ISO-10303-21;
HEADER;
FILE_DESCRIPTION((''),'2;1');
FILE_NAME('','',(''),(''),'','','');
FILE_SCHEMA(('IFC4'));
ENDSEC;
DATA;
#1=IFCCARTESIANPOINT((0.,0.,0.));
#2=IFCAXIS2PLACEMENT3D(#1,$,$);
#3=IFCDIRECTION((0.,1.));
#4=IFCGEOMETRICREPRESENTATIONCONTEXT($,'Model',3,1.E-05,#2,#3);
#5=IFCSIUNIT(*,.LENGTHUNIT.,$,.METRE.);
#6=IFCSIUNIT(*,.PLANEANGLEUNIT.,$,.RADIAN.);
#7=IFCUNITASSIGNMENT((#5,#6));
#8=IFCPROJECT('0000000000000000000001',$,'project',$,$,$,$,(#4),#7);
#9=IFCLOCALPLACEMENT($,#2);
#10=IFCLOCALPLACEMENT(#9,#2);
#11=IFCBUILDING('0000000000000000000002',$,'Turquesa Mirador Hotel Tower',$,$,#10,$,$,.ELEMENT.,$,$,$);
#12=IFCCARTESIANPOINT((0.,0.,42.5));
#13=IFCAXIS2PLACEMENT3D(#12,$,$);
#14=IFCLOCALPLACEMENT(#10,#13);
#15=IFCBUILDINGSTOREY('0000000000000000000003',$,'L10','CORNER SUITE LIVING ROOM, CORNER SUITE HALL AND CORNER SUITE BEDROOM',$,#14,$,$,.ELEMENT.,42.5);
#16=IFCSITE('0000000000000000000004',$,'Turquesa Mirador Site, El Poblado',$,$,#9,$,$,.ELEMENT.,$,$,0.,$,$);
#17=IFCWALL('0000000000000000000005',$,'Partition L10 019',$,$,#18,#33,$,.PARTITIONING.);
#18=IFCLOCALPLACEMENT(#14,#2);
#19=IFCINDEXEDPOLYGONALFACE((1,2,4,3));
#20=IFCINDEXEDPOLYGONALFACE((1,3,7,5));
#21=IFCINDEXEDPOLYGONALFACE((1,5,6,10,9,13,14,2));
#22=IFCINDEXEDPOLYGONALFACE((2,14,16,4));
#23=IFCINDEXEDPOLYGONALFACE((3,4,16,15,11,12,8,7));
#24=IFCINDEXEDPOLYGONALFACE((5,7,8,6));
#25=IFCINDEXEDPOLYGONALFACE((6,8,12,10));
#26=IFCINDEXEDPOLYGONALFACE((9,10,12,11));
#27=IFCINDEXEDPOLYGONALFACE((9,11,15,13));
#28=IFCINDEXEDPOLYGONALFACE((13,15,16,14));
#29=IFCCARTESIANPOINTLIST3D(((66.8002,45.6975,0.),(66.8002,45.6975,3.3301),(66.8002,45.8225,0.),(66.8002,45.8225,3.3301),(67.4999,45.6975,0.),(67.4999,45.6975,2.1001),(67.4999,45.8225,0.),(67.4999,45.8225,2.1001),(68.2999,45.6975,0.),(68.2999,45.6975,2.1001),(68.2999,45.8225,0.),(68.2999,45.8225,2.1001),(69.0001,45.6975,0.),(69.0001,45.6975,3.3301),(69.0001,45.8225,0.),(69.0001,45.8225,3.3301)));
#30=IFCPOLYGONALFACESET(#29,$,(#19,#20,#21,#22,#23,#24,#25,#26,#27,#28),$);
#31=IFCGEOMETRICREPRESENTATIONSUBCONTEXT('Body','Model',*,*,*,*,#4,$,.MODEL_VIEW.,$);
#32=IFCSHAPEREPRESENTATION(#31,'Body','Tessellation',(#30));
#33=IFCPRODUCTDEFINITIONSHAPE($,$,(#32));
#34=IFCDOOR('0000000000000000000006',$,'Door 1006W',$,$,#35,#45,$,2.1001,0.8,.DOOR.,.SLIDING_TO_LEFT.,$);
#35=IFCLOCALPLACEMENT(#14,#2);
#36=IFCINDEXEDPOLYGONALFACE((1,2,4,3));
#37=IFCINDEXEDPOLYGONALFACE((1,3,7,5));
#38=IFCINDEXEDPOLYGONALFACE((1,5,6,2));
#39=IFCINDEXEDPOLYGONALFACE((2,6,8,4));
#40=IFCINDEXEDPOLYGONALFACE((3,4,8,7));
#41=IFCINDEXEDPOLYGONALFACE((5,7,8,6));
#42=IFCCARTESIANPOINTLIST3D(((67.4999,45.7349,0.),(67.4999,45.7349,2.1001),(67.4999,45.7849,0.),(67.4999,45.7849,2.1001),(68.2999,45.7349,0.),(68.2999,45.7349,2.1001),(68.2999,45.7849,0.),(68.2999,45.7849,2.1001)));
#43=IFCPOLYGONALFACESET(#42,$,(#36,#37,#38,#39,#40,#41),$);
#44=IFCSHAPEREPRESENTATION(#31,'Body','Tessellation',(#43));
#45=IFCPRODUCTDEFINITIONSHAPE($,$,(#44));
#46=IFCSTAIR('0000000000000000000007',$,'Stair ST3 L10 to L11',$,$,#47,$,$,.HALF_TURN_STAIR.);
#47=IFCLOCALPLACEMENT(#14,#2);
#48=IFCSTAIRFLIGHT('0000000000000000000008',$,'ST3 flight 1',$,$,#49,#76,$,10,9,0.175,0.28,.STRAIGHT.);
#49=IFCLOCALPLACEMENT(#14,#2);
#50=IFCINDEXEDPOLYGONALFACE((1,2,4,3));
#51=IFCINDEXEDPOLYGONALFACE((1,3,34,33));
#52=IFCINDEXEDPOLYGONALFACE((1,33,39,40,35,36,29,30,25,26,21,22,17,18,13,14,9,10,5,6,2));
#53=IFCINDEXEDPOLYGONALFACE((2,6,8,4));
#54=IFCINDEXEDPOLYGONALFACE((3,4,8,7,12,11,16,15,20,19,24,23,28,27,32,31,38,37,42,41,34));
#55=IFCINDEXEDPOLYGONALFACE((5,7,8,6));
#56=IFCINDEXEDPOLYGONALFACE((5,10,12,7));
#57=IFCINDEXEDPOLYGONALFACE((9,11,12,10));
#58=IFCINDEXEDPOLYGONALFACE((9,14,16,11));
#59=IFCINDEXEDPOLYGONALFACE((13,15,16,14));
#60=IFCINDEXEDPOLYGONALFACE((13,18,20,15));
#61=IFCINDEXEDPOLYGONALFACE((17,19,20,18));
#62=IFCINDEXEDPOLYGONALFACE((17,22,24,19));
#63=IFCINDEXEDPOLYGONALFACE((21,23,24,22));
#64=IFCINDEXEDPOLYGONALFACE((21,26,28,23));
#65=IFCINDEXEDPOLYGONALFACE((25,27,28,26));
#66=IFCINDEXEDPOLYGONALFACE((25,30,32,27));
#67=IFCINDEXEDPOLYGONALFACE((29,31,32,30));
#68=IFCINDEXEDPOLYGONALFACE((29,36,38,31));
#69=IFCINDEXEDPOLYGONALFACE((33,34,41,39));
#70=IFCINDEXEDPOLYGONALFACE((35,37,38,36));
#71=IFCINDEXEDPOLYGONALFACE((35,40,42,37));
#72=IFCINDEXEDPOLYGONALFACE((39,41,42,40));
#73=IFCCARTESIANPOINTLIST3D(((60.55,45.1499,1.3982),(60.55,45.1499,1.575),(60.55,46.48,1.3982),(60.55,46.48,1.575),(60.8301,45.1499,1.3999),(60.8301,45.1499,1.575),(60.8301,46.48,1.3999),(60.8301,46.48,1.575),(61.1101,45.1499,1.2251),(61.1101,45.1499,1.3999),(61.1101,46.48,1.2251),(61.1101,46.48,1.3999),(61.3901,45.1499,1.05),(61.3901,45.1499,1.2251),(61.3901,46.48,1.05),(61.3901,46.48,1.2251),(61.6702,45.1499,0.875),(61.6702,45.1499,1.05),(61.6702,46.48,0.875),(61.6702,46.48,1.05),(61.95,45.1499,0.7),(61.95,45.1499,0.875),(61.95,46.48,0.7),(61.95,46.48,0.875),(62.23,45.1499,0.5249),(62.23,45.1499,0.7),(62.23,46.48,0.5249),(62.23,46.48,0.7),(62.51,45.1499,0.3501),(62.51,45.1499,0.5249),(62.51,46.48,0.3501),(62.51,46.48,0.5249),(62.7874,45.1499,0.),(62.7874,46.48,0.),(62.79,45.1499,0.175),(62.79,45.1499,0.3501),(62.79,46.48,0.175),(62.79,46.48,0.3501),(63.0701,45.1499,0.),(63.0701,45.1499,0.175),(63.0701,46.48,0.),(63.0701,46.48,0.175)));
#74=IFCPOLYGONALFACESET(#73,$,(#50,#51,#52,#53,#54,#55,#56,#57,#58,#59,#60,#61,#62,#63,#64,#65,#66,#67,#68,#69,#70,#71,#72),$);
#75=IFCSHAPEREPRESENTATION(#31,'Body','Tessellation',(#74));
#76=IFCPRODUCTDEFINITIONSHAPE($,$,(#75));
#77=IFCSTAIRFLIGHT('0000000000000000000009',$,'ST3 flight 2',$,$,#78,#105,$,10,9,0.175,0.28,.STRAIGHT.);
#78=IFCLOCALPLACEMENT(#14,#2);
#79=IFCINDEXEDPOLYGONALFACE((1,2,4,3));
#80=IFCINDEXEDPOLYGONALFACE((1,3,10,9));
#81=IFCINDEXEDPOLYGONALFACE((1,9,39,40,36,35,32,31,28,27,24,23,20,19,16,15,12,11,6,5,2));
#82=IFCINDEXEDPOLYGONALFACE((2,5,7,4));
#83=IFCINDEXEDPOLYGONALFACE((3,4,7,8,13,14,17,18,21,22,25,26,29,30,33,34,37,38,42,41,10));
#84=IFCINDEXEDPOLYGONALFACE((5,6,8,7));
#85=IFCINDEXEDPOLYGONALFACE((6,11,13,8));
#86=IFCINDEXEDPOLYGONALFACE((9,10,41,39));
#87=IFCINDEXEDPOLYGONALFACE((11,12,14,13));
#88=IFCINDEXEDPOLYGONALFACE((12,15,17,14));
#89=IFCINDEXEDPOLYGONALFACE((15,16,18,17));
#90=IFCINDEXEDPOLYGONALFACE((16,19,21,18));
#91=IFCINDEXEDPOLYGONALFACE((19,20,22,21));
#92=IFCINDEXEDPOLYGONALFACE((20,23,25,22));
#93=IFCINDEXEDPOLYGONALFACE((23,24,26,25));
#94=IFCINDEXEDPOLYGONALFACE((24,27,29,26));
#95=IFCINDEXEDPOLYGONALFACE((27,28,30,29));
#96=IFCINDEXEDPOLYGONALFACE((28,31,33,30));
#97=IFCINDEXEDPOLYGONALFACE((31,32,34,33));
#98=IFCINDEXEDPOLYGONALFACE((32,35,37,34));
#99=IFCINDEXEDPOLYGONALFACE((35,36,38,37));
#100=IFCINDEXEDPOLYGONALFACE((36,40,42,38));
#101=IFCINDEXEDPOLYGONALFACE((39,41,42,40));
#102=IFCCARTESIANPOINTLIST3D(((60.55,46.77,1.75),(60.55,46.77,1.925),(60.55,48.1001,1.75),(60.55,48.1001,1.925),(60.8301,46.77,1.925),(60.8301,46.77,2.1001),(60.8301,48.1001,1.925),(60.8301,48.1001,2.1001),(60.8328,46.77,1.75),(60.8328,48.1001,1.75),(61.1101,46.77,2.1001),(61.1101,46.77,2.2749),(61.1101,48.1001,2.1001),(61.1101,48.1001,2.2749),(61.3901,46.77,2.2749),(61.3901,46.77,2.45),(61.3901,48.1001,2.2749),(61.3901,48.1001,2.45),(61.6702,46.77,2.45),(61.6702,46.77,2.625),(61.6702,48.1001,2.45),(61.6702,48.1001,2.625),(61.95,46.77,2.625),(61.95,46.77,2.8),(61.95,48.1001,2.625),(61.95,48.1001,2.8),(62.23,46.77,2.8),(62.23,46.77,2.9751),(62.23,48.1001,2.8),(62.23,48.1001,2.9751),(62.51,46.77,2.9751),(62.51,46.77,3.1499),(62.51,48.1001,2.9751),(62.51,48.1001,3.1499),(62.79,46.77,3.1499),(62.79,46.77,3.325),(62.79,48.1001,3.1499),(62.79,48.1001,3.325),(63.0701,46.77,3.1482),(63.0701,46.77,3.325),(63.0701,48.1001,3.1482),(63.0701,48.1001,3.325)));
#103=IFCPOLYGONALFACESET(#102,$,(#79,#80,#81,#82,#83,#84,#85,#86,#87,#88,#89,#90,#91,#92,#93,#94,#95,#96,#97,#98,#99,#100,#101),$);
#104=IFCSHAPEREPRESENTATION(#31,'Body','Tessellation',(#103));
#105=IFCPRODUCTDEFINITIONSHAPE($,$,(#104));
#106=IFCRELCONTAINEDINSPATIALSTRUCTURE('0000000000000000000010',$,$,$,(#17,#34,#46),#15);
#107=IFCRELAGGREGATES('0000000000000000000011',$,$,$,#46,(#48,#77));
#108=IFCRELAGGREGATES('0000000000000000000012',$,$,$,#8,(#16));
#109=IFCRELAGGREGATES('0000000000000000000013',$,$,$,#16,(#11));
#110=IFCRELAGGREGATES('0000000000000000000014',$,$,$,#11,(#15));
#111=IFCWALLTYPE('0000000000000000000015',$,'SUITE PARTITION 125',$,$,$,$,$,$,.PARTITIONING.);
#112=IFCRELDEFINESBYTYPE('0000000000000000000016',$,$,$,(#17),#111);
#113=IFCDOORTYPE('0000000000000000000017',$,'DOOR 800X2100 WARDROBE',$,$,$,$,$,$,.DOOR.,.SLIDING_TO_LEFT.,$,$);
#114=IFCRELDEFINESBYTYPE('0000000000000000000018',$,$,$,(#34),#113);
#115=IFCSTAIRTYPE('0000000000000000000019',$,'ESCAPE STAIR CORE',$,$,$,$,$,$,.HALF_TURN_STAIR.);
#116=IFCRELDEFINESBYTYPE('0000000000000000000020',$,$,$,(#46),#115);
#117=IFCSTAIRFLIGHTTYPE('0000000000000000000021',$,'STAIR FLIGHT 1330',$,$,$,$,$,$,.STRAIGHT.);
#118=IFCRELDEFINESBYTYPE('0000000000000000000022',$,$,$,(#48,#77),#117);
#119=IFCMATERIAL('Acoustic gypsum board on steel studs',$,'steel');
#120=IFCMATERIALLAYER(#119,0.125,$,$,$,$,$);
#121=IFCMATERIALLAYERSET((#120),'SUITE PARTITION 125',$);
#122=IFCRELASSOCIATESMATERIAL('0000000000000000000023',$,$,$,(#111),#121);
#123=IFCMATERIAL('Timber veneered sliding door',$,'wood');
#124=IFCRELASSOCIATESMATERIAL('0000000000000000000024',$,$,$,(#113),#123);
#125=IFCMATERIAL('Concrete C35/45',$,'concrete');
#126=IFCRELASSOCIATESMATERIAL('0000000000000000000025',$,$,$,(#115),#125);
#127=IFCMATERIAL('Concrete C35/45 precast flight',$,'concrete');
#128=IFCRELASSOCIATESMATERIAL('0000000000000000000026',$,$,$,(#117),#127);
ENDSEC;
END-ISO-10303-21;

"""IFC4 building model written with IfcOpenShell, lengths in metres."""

from ifc_helpers import new_model, si_unit, direction, frame, frame_2d, origin, place, context, subcontext, project, spatial, polyline, rectangle, outline, extrude, material, layer, layer_set, type_object, element, fill, aggregate, save


model = new_model("IFC4")

# Units and contexts
model_context = context("Model", 3, precision=1e-05, world=origin(), true_north=direction((0.0, 1.0)))
body_context = subcontext(model_context, "Body", "Model", "MODEL_VIEW")
ifc_project = project(units=[si_unit("LENGTHUNIT", "METRE"), si_unit("PLANEANGLEUNIT", "RADIAN")], contexts=[model_context])

# Site, building, storey
site_placement = place(None, origin())
site = spatial("IfcSite", under=ifc_project, at=site_placement, Name="Turquesa Mirador Site, El Poblado", CompositionType="ELEMENT", RefElevation=0.0)
building_placement = place(site_placement, origin())
building = spatial("IfcBuilding", under=site, at=building_placement, Name="Turquesa Mirador Hotel Tower", CompositionType="ELEMENT")
storey_placement = place(building_placement, frame((0.0, 0.0, 42.5)))
storey = spatial("IfcBuildingStorey", under=building, at=storey_placement, Name="L10", Description="CORNER SUITE LIVING ROOM, CORNER SUITE HALL AND CORNER SUITE BEDROOM", CompositionType="ELEMENT", Elevation=42.5)

# Wall, opening, door
ifc_material_1 = material(Name="Acoustic gypsum board on steel studs", Category="steel")
ifc_layer_1 = layer(ifc_material_1, 0.125)
ifc_layer_set_1 = layer_set([ifc_layer_1], Name="SUITE PARTITION 125")
wall_type_1 = type_object("IfcWallType", Name="SUITE PARTITION 125", PredefinedType="PARTITIONING", material=ifc_layer_set_1)
wall_1_placement = place(storey_placement, frame((66.8, 45.76, 0.0), z_axis=(0.0, 0.0, 1.0), x_axis=(1.0, 0.0, 0.0)))
wall_1 = element("IfcWall", 1, at=wall_1_placement, inside=storey, type_object=wall_type_1, Name="Partition L10 019", PredefinedType="PARTITIONING", context=body_context, shape_type="SweptSolid", body=[
    extrude(rectangle(XDim=2.2, YDim=0.125, at=frame_2d((1.1001, 0.0))), origin(), (0.0, 0.0, 1.0), 3.3301),
])
opening_1_placement = place(wall_1_placement, frame((0.7, 0.0, 0.0)))
opening_1 = element("IfcOpeningElement", 2, at=opening_1_placement, cuts=wall_1, PredefinedType="OPENING", context=body_context, shape_type="SweptSolid", body=[
    extrude(rectangle(XDim=0.8, YDim=2.1001, at=frame_2d((0.3999, 1.05))), frame((0.0, 0.0725, 0.0), z_axis=(0.0, -1.0, 0.0), x_axis=(1.0, 0.0, 0.0)), (0.0, 0.0, 1.0), 0.145),
])
ifc_material_2 = material(Name="Timber veneered sliding door", Category="wood")
door_type_1 = type_object("IfcDoorType", Name="DOOR 800X2100 WARDROBE", OperationType="SLIDING_TO_LEFT", PredefinedType="DOOR", material=ifc_material_2)
door_1_placement = place(opening_1_placement, origin())
door_1 = element("IfcDoor", 3, at=door_1_placement, inside=storey, type_object=door_type_1, Name="Door 1006W", OperationType="SLIDING_TO_LEFT", OverallHeight=2.1001, OverallWidth=0.8, PredefinedType="DOOR", context=body_context, shape_type="SweptSolid", body=[
    extrude(rectangle(XDim=0.8, YDim=2.1001, at=frame_2d((0.3999, 1.05))), frame((0.0, 0.0249, 0.0), z_axis=(0.0, -1.0, 0.0), x_axis=(1.0, 0.0, 0.0)), (0.0, 0.0, 1.0), 0.05),
])
fill(opening_1, door_1)

# Stair, stair flights
ifc_material_3 = material(Name="Concrete C35/45", Category="concrete")
stair_type = type_object("IfcStairType", Name="ESCAPE STAIR CORE", PredefinedType="HALF_TURN_STAIR", material=ifc_material_3)
stair_placement = place(storey_placement, origin())
stair = element("IfcStair", 4, at=stair_placement, inside=storey, type_object=stair_type, Name="Stair ST3 L10 to L11", PredefinedType="HALF_TURN_STAIR")
ifc_material_4 = material(Name="Concrete C35/45 precast flight", Category="concrete")
stair_flight_type = type_object("IfcStairFlightType", Name="STAIR FLIGHT 1330", PredefinedType="STRAIGHT", material=ifc_material_4)
stair_flight_1_placement = place(storey_placement, frame((63.0701, 45.8149, 0.0), z_axis=(0.0, 0.0, 1.0), x_axis=(-1.0, 0.0, 0.0)))
stair_flight_1 = element("IfcStairFlight", 5, at=stair_flight_1_placement, type_object=stair_flight_type, Name="ST3 flight 1", NumberOfRisers=10, NumberOfTreads=9, PredefinedType="STRAIGHT", RiserHeight=0.175, TreadLength=0.28, context=body_context, shape_type="SweptSolid", body=[
    extrude(outline(polyline([(0.0, 0.0), (0.0, 0.175), (0.28, 0.175), (0.28, 0.3501), (0.5601, 0.3501), (0.5601, 0.5249), (0.8401, 0.5249), (0.8401, 0.7), (1.1201, 0.7), (1.1201, 0.875), (1.3999, 0.875), (1.3999, 1.05), (1.6799, 1.05), (1.6799, 1.2251), (1.96, 1.2251), (1.96, 1.3999), (2.24, 1.3999), (2.24, 1.575), (2.52, 1.575), (2.52, 1.75), (2.52, 1.3982), (0.2827, 0.0), (0.0, 0.0)])), frame((0.0, 0.665, 0.0), z_axis=(0.0, -1.0, 0.0), x_axis=(1.0, 0.0, 0.0)), (0.0, 0.0, 1.0), 1.3301),
])
stair_flight_2_placement = place(storey_placement, frame((60.55, 47.4351, 1.75), z_axis=(0.0, 0.0, 1.0), x_axis=(1.0, 0.0, 0.0)))
stair_flight_2 = element("IfcStairFlight", 6, at=stair_flight_2_placement, type_object=stair_flight_type, Name="ST3 flight 2", NumberOfRisers=10, NumberOfTreads=9, PredefinedType="STRAIGHT", RiserHeight=0.175, TreadLength=0.28, context=body_context, shape_type="SweptSolid", body=[
    extrude(outline(polyline([(0.0, 0.0), (0.0, 0.175), (0.28, 0.175), (0.28, 0.3501), (0.5601, 0.3501), (0.5601, 0.5249), (0.8401, 0.5249), (0.8401, 0.7), (1.1201, 0.7), (1.1201, 0.875), (1.3999, 0.875), (1.3999, 1.05), (1.6799, 1.05), (1.6799, 1.2251), (1.96, 1.2251), (1.96, 1.3999), (2.24, 1.3999), (2.24, 1.575), (2.52, 1.575), (2.52, 1.75), (2.52, 1.3982), (0.2827, 0.0), (0.0, 0.0)])), frame((0.0, 0.665, 0.0), z_axis=(0.0, -1.0, 0.0), x_axis=(1.0, 0.0, 0.0)), (0.0, 0.0, 1.0), 1.3301),
])
aggregate(stair, [stair_flight_1, stair_flight_2])

save(model, "model.ifc")
